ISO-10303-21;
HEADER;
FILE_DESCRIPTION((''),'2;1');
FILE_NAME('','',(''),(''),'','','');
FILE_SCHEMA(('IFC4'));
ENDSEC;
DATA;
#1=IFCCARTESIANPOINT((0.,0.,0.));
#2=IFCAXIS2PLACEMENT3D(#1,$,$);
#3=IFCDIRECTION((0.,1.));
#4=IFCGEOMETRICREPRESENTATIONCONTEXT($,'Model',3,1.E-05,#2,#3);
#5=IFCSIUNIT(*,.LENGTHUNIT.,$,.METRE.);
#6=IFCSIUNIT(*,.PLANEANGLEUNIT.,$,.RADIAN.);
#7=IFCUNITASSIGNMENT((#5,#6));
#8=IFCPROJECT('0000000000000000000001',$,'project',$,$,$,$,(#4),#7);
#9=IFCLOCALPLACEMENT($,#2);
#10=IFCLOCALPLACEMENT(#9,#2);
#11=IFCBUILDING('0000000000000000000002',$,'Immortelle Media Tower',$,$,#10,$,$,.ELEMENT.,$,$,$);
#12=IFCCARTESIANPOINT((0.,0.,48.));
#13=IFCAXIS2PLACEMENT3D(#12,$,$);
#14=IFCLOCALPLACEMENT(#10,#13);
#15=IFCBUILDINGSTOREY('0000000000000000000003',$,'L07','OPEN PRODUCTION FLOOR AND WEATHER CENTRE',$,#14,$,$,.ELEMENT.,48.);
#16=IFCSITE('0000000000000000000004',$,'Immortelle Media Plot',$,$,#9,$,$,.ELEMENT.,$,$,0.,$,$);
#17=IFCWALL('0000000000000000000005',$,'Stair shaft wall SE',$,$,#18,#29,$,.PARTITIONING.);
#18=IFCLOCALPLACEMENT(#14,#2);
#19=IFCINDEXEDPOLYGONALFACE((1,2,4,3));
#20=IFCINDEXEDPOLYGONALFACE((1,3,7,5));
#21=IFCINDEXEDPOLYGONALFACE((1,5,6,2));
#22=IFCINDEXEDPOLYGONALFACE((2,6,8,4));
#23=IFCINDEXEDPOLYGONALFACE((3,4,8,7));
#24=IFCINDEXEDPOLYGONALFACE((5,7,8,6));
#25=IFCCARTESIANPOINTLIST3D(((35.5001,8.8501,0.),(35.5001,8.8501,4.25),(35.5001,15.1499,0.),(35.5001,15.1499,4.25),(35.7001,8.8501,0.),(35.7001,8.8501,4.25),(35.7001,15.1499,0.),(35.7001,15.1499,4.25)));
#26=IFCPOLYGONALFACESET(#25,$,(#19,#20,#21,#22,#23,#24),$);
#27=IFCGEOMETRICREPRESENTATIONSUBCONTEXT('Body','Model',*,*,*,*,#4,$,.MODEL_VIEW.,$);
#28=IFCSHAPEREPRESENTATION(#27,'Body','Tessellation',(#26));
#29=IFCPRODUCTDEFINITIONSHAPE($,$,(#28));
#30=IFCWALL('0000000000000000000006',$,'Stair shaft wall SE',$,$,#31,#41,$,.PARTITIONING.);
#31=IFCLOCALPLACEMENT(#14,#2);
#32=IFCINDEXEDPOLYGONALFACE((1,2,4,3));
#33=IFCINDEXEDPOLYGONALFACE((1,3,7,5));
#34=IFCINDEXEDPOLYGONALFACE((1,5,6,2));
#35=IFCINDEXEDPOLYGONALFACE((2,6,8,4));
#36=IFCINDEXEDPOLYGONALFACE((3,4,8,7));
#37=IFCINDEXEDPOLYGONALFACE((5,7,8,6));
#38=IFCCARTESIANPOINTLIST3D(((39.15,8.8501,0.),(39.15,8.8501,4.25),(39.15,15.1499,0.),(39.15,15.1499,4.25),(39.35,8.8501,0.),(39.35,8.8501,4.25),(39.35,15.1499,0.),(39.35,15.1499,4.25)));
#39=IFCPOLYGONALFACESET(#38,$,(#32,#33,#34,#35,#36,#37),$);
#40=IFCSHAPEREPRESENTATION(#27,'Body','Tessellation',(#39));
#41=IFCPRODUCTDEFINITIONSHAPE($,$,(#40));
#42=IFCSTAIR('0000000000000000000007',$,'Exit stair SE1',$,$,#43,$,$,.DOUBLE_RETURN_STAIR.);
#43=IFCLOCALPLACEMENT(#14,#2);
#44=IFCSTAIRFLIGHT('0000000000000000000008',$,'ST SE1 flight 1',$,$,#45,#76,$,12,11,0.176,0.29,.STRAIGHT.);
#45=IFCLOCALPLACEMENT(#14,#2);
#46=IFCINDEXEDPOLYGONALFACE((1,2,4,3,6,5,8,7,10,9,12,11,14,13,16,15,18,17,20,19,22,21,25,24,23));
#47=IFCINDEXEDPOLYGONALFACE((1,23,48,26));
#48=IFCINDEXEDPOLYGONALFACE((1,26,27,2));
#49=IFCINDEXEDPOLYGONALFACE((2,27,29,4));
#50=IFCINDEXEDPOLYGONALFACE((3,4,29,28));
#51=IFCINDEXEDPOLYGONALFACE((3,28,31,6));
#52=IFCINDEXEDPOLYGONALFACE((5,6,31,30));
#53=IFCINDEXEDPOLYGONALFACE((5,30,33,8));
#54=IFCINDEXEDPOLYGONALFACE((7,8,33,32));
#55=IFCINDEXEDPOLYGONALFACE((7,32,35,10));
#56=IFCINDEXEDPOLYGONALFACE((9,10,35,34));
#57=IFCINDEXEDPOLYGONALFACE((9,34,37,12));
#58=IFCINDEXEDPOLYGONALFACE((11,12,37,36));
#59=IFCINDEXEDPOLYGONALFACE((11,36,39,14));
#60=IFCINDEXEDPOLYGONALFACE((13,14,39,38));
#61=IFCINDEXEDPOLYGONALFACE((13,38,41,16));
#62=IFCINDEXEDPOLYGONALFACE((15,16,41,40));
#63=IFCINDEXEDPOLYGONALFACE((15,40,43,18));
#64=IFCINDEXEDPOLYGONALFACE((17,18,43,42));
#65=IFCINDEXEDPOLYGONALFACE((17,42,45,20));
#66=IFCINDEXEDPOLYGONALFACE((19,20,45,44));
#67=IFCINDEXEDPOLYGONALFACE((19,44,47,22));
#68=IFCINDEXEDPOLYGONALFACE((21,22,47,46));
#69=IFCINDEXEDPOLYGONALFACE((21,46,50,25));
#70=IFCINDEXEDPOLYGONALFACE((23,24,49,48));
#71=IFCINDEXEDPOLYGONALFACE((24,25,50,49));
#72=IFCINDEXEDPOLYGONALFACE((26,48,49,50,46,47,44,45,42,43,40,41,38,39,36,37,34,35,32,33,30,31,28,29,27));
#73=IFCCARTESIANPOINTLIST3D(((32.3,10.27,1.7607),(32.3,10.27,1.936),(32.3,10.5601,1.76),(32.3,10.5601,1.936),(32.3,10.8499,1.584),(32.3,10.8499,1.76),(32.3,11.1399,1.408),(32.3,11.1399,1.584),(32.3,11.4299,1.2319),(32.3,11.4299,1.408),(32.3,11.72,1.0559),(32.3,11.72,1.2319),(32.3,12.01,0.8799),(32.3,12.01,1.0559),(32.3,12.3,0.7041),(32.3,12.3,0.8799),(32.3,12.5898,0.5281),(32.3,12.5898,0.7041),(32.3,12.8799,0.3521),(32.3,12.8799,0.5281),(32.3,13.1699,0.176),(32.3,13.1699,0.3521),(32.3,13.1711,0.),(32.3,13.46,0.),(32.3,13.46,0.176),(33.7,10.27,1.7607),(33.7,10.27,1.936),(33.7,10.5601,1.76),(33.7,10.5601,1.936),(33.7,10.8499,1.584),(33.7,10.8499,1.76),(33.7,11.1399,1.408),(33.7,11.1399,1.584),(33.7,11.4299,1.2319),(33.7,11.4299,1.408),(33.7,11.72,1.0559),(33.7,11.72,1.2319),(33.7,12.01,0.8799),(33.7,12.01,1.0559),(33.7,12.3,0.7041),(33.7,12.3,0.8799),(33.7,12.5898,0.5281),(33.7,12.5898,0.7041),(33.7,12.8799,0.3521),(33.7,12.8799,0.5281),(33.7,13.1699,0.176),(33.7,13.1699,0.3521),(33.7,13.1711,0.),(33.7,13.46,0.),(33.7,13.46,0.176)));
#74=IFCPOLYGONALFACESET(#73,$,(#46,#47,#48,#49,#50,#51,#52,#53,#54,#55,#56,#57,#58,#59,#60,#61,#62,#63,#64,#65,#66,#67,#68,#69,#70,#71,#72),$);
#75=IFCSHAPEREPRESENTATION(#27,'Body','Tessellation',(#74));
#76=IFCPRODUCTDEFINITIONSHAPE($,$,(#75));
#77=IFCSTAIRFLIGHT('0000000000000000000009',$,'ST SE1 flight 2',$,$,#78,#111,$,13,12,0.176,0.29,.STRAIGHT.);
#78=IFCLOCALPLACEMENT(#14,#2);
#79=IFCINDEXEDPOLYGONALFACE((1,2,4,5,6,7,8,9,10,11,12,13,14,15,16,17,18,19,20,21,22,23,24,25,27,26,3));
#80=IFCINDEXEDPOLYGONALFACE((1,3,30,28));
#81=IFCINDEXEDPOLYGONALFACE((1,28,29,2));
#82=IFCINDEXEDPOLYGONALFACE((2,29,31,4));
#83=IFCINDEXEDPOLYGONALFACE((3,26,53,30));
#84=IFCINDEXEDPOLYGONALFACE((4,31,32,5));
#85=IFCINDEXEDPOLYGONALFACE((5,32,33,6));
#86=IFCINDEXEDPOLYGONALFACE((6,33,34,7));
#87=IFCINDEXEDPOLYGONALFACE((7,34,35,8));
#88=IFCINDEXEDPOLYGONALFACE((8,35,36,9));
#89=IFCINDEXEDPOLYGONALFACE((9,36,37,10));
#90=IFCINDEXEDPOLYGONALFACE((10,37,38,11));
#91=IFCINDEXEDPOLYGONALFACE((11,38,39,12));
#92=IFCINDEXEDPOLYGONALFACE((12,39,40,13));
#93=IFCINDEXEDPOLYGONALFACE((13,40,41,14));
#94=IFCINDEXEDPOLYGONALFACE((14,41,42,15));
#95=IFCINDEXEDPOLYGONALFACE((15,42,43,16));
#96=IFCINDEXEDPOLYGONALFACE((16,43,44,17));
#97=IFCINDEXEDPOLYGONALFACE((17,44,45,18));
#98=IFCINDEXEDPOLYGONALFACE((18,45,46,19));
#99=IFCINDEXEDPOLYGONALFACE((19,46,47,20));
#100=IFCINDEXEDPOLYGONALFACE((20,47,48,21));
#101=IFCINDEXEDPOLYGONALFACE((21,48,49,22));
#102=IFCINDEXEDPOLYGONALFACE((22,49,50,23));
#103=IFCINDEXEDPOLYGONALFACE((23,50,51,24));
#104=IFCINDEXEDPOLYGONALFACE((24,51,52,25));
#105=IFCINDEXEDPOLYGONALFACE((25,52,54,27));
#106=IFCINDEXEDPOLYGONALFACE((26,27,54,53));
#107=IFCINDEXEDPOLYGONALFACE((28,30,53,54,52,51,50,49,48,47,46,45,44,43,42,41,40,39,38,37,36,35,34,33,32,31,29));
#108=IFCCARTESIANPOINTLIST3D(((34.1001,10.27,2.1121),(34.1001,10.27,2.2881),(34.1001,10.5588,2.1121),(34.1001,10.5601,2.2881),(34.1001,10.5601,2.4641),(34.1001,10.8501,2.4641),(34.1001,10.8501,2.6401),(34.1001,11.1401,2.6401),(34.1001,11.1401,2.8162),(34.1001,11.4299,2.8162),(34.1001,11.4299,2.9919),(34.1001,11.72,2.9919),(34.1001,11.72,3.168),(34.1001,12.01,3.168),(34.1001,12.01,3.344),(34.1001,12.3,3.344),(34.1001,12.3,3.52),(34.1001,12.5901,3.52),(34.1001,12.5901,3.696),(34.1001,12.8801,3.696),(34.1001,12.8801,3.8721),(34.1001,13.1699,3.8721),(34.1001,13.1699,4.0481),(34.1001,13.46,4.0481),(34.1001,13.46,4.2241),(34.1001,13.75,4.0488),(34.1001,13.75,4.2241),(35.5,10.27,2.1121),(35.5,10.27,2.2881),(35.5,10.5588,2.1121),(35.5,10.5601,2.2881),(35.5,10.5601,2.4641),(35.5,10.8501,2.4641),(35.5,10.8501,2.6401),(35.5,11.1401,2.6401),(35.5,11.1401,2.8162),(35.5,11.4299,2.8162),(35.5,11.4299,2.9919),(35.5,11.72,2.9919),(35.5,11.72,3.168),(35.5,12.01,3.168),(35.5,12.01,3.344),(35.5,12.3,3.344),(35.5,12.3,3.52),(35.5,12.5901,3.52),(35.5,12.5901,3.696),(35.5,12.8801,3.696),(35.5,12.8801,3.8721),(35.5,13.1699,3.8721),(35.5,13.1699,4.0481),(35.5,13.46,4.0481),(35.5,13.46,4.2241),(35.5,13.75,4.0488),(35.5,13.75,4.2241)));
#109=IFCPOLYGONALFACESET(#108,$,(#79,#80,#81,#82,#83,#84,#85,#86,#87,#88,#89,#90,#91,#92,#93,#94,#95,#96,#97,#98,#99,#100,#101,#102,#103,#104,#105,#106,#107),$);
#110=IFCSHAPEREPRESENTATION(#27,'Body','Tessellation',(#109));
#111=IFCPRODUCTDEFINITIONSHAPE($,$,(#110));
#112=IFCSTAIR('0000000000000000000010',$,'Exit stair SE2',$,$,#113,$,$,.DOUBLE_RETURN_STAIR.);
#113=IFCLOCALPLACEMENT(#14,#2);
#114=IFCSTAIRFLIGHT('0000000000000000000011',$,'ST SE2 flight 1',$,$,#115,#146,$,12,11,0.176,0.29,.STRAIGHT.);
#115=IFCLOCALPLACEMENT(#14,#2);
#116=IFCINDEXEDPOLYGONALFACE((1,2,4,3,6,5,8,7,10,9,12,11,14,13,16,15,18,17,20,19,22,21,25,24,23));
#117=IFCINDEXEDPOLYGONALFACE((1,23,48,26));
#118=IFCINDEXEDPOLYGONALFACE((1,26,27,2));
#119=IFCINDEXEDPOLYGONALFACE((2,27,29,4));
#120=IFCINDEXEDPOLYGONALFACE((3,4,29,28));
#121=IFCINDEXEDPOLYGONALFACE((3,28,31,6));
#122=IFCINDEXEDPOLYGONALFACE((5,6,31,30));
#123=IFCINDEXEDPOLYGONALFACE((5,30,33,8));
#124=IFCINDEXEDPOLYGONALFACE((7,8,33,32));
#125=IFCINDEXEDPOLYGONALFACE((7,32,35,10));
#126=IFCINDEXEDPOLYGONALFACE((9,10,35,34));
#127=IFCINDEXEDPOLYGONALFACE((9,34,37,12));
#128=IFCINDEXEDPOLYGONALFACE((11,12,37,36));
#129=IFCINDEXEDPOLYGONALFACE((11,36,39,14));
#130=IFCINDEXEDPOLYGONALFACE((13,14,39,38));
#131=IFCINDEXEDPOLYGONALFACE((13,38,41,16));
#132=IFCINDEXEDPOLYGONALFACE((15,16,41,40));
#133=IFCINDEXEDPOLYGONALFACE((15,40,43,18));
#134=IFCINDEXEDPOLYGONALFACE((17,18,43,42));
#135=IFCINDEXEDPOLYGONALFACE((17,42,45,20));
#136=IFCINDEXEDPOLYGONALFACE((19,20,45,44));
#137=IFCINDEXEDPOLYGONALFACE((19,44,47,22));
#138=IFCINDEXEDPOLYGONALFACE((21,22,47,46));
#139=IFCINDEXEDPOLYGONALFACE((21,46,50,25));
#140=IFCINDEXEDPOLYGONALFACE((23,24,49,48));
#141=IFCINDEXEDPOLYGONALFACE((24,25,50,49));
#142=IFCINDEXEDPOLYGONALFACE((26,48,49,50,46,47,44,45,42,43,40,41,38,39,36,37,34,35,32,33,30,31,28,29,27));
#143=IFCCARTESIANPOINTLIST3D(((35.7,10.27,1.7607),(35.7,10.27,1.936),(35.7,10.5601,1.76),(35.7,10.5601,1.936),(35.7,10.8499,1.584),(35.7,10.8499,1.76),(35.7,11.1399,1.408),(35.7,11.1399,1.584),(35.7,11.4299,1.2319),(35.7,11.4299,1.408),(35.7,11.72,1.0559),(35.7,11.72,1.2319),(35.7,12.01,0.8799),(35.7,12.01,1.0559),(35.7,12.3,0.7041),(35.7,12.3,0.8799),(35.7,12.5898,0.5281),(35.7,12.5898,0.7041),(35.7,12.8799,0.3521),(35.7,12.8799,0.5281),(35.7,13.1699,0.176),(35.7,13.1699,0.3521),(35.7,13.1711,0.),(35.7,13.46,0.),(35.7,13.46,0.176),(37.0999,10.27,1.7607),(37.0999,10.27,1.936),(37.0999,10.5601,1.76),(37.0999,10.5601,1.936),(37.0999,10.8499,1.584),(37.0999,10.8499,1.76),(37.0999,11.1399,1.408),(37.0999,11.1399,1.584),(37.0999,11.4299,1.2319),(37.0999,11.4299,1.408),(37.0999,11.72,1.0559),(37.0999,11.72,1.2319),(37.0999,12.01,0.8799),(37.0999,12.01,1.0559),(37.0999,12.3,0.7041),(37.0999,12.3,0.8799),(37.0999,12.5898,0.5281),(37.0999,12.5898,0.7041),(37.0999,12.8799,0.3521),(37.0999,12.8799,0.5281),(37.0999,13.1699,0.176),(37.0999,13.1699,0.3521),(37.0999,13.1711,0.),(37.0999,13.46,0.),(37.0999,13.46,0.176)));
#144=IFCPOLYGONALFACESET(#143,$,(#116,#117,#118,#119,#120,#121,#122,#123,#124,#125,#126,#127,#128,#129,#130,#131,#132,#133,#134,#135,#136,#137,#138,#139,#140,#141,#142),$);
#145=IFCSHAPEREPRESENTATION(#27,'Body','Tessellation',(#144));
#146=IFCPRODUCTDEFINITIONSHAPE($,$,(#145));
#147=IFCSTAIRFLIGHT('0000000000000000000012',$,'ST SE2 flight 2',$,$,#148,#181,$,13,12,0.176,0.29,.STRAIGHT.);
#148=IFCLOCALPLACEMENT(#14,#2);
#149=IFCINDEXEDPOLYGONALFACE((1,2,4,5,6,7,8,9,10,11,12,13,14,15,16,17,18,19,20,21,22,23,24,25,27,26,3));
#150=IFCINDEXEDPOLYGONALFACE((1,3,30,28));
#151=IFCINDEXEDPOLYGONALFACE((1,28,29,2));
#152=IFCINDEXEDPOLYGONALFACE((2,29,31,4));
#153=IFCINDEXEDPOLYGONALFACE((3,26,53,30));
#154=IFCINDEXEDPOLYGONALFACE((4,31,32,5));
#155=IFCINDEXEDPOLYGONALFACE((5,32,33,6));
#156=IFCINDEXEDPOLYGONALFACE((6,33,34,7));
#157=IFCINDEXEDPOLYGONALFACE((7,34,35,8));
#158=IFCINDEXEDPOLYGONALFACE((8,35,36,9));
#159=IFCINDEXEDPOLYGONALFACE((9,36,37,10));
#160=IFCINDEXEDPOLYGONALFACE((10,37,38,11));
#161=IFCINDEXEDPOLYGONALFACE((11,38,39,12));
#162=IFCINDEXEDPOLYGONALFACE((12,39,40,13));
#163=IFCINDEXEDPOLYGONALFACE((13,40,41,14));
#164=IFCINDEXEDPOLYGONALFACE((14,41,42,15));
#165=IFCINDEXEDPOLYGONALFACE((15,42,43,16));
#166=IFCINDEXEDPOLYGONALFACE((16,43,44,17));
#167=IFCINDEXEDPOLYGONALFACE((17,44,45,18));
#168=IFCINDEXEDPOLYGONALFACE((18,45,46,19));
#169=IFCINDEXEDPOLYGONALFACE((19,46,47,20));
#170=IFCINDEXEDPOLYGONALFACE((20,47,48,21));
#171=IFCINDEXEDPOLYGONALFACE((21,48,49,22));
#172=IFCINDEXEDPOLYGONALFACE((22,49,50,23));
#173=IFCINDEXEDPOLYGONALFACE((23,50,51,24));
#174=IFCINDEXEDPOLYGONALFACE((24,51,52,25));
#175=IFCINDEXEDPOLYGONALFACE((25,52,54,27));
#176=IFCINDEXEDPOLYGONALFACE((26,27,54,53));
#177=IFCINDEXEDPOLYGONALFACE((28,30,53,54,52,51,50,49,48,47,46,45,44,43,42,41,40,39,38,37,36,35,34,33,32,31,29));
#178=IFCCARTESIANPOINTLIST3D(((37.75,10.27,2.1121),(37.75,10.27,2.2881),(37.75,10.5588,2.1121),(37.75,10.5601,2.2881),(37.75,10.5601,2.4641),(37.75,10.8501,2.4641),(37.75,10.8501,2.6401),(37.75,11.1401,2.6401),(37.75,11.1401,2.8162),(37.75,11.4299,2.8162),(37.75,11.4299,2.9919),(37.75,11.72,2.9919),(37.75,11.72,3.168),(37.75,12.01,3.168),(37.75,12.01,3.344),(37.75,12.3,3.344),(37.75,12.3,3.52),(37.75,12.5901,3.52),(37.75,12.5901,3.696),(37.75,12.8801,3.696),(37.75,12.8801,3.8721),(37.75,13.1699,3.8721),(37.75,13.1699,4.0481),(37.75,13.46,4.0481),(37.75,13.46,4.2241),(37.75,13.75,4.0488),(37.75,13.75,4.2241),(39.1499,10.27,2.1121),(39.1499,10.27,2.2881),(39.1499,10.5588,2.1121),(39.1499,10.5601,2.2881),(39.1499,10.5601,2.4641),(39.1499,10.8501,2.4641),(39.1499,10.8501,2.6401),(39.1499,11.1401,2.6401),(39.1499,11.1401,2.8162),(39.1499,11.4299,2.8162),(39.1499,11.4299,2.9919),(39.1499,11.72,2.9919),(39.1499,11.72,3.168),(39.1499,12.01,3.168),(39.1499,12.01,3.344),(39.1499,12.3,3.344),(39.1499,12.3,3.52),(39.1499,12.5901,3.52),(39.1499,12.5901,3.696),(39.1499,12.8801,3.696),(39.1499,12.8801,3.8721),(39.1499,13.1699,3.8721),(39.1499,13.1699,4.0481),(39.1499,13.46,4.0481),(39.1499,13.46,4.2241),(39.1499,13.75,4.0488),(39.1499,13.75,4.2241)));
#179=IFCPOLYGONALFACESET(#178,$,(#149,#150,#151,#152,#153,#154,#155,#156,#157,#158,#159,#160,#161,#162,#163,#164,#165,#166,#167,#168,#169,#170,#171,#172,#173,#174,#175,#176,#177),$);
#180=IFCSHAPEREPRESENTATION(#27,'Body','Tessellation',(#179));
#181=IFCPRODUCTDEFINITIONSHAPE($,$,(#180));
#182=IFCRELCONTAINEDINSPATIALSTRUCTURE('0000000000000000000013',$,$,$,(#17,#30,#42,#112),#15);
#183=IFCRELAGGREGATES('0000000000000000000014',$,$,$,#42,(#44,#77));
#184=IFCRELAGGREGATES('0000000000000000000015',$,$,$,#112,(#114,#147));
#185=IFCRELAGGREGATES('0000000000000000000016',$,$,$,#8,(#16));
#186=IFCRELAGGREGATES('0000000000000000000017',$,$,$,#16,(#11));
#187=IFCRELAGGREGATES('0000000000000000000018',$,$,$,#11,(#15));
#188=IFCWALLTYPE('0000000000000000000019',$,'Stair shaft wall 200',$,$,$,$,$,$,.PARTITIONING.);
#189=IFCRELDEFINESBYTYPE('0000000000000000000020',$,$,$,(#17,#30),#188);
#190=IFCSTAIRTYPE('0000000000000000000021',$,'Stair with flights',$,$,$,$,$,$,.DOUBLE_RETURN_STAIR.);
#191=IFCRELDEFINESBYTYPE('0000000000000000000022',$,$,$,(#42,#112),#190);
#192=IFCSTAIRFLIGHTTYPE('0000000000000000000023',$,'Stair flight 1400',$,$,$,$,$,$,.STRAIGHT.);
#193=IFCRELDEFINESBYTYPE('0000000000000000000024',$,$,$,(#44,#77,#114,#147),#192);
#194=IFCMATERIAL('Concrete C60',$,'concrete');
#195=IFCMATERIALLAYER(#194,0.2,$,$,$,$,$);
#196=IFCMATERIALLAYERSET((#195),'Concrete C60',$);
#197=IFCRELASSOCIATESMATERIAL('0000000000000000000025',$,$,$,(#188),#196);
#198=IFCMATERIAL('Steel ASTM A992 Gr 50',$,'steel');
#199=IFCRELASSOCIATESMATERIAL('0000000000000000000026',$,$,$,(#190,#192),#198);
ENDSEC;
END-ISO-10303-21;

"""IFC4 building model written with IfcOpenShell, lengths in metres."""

from ifc_helpers import new_model, si_unit, direction, frame, frame_2d, origin, place, context, subcontext, project, spatial, polyline, rectangle, outline, extrude, material, layer, layer_set, type_object, element, aggregate, save


model = new_model("IFC4")

# Units and contexts
model_context = context("Model", 3, precision=1e-05, world=origin(), true_north=direction((0.0, 1.0)))
body_context = subcontext(model_context, "Body", "Model", "MODEL_VIEW")
ifc_project = project(units=[si_unit("LENGTHUNIT", "METRE"), si_unit("PLANEANGLEUNIT", "RADIAN")], contexts=[model_context])

# Site, building, storey
site_placement = place(None, origin())
site = spatial("IfcSite", under=ifc_project, at=site_placement, Name="Immortelle Media Plot", CompositionType="ELEMENT", RefElevation=0.0)
building_placement = place(site_placement, origin())
building = spatial("IfcBuilding", under=site, at=building_placement, Name="Immortelle Media Tower", CompositionType="ELEMENT")
storey_placement = place(building_placement, frame((0.0, 0.0, 48.0)))
storey = spatial("IfcBuildingStorey", under=building, at=storey_placement, Name="L07", Description="OPEN PRODUCTION FLOOR AND WEATHER CENTRE", CompositionType="ELEMENT", Elevation=48.0)

# Shared definitions
ifc_material_1 = material(Name="Steel ASTM A992 Gr 50", Category="steel")

# Walls
ifc_material_2 = material(Name="Concrete C60", Category="concrete")
ifc_layer_1 = layer(ifc_material_2, 0.2)
ifc_layer_set_1 = layer_set([ifc_layer_1], Name="Concrete C60")
wall_type_1 = type_object("IfcWallType", Name="Stair shaft wall 200", PredefinedType="PARTITIONING", material=ifc_layer_set_1)
for number, where, z_axis, x_axis, name in (
    (1, (35.6001, 8.8501, 0.0), (0.0, 0.0, 1.0), (0.0, 1.0, 0.0), "Stair shaft wall SE"),
    (2, (39.25, 8.8501, 0.0), (0.0, 0.0, 1.0), (0.0, 1.0, 0.0), "Stair shaft wall SE"),
):
    element("IfcWall", number, at=place(storey_placement, frame(where, z_axis=z_axis, x_axis=x_axis)), inside=storey, type_object=wall_type_1, Name=name, PredefinedType="PARTITIONING", context=body_context, shape_type="SweptSolid", body=[
        extrude(rectangle(XDim=6.2998, YDim=0.2, at=frame_2d((3.1499, 0.0))), origin(), (0.0, 0.0, 1.0), 4.25),
    ])

# Stairs, stair flights
stair_type = type_object("IfcStairType", Name="Stair with flights", PredefinedType="DOUBLE_RETURN_STAIR", material=ifc_material_1)
stair_1_placement = place(storey_placement, origin())
stair_1 = element("IfcStair", 3, at=stair_1_placement, inside=storey, type_object=stair_type, Name="Exit stair SE1", PredefinedType="DOUBLE_RETURN_STAIR")
stair_flight_type = type_object("IfcStairFlightType", Name="Stair flight 1400", PredefinedType="STRAIGHT", material=ifc_material_1)
stair_flight_1_placement = place(storey_placement, frame((33.0, 13.46, 0.0), z_axis=(0.0, 0.0, 1.0), x_axis=(0.0, -1.0, 0.0)))
stair_flight_1 = element("IfcStairFlight", 4, at=stair_flight_1_placement, type_object=stair_flight_type, Name="ST SE1 flight 1", NumberOfRisers=12, NumberOfTreads=11, PredefinedType="STRAIGHT", RiserHeight=0.176, TreadLength=0.29, context=body_context, shape_type="SweptSolid", body=[
    extrude(outline(polyline([(0.0, 0.0), (0.0, 0.176), (0.29, 0.176), (0.29, 0.3521), (0.5801, 0.3521), (0.5801, 0.5281), (0.8701, 0.5281), (0.8701, 0.7041), (1.1599, 0.7041), (1.1599, 0.8799), (1.45, 0.8799), (1.45, 1.0559), (1.74, 1.0559), (1.74, 1.2319), (2.03, 1.2319), (2.03, 1.408), (2.3201, 1.408), (2.3201, 1.584), (2.6101, 1.584), (2.6101, 1.76), (2.8999, 1.76), (2.8999, 1.936), (3.1899, 1.936), (3.1899, 2.1121), (3.1899, 1.7607), (0.2888, 0.0), (0.0, 0.0)])), frame((0.0, 0.7, 0.0), z_axis=(0.0, -1.0, 0.0), x_axis=(1.0, 0.0, 0.0)), (0.0, 0.0, 1.0), 1.3999),
])
stair_flight_2_placement = place(storey_placement, frame((34.8, 10.27, 2.1121), z_axis=(0.0, 0.0, 1.0), x_axis=(0.0, 1.0, 0.0)))
stair_flight_2 = element("IfcStairFlight", 5, at=stair_flight_2_placement, type_object=stair_flight_type, Name="ST SE1 flight 2", NumberOfRisers=13, NumberOfTreads=12, PredefinedType="STRAIGHT", RiserHeight=0.176, TreadLength=0.29, context=body_context, shape_type="SweptSolid", body=[
    extrude(outline(polyline([(0.0, 0.0), (0.0, 0.176), (0.29, 0.176), (0.29, 0.3521), (0.5801, 0.3521), (0.5801, 0.5281), (0.8701, 0.5281), (0.8701, 0.7041), (1.1599, 0.7041), (1.1599, 0.8799), (1.45, 0.8799), (1.45, 1.0559), (1.74, 1.0559), (1.74, 1.2319), (2.03, 1.2319), (2.03, 1.408), (2.3201, 1.408), (2.3201, 1.584), (2.6101, 1.584), (2.6101, 1.76), (2.8999, 1.76), (2.8999, 1.936), (3.1899, 1.936), (3.1899, 2.1121), (3.48, 2.1121), (3.48, 2.2881), (3.48, 1.9368), (0.2888, 0.0), (0.0, 0.0)])), frame((0.0, 0.7, 0.0), z_axis=(0.0, -1.0, 0.0), x_axis=(1.0, 0.0, 0.0)), (0.0, 0.0, 1.0), 1.3999),
])
aggregate(stair_1, [stair_flight_1, stair_flight_2])
stair_2_placement = place(storey_placement, origin())
stair_2 = element("IfcStair", 6, at=stair_2_placement, inside=storey, type_object=stair_type, Name="Exit stair SE2", PredefinedType="DOUBLE_RETURN_STAIR")
stair_flight_3_placement = place(storey_placement, frame((36.3999, 13.46, 0.0), z_axis=(0.0, 0.0, 1.0), x_axis=(0.0, -1.0, 0.0)))
stair_flight_3 = element("IfcStairFlight", 7, at=stair_flight_3_placement, type_object=stair_flight_type, Name="ST SE2 flight 1", NumberOfRisers=12, NumberOfTreads=11, PredefinedType="STRAIGHT", RiserHeight=0.176, TreadLength=0.29, context=body_context, shape_type="SweptSolid", body=[
    extrude(outline(polyline([(0.0, 0.0), (0.0, 0.176), (0.29, 0.176), (0.29, 0.3521), (0.5801, 0.3521), (0.5801, 0.5281), (0.8701, 0.5281), (0.8701, 0.7041), (1.1599, 0.7041), (1.1599, 0.8799), (1.45, 0.8799), (1.45, 1.0559), (1.74, 1.0559), (1.74, 1.2319), (2.03, 1.2319), (2.03, 1.408), (2.3201, 1.408), (2.3201, 1.584), (2.6101, 1.584), (2.6101, 1.76), (2.8999, 1.76), (2.8999, 1.936), (3.1899, 1.936), (3.1899, 2.1121), (3.1899, 1.7607), (0.2888, 0.0), (0.0, 0.0)])), frame((0.0, 0.7, 0.0), z_axis=(0.0, -1.0, 0.0), x_axis=(1.0, 0.0, 0.0)), (0.0, 0.0, 1.0), 1.3999),
])
stair_flight_4_placement = place(storey_placement, frame((38.45, 10.27, 2.1121), z_axis=(0.0, 0.0, 1.0), x_axis=(0.0, 1.0, 0.0)))
stair_flight_4 = element("IfcStairFlight", 8, at=stair_flight_4_placement, type_object=stair_flight_type, Name="ST SE2 flight 2", NumberOfRisers=13, NumberOfTreads=12, PredefinedType="STRAIGHT", RiserHeight=0.176, TreadLength=0.29, context=body_context, shape_type="SweptSolid", body=[
    extrude(outline(polyline([(0.0, 0.0), (0.0, 0.176), (0.29, 0.176), (0.29, 0.3521), (0.5801, 0.3521), (0.5801, 0.5281), (0.8701, 0.5281), (0.8701, 0.7041), (1.1599, 0.7041), (1.1599, 0.8799), (1.45, 0.8799), (1.45, 1.0559), (1.74, 1.0559), (1.74, 1.2319), (2.03, 1.2319), (2.03, 1.408), (2.3201, 1.408), (2.3201, 1.584), (2.6101, 1.584), (2.6101, 1.76), (2.8999, 1.76), (2.8999, 1.936), (3.1899, 1.936), (3.1899, 2.1121), (3.48, 2.1121), (3.48, 2.2881), (3.48, 1.9368), (0.2888, 0.0), (0.0, 0.0)])), frame((0.0, 0.7, 0.0), z_axis=(0.0, -1.0, 0.0), x_axis=(1.0, 0.0, 0.0)), (0.0, 0.0, 1.0), 1.3999),
])
aggregate(stair_2, [stair_flight_3, stair_flight_4])

save(model, "model.ifc")
